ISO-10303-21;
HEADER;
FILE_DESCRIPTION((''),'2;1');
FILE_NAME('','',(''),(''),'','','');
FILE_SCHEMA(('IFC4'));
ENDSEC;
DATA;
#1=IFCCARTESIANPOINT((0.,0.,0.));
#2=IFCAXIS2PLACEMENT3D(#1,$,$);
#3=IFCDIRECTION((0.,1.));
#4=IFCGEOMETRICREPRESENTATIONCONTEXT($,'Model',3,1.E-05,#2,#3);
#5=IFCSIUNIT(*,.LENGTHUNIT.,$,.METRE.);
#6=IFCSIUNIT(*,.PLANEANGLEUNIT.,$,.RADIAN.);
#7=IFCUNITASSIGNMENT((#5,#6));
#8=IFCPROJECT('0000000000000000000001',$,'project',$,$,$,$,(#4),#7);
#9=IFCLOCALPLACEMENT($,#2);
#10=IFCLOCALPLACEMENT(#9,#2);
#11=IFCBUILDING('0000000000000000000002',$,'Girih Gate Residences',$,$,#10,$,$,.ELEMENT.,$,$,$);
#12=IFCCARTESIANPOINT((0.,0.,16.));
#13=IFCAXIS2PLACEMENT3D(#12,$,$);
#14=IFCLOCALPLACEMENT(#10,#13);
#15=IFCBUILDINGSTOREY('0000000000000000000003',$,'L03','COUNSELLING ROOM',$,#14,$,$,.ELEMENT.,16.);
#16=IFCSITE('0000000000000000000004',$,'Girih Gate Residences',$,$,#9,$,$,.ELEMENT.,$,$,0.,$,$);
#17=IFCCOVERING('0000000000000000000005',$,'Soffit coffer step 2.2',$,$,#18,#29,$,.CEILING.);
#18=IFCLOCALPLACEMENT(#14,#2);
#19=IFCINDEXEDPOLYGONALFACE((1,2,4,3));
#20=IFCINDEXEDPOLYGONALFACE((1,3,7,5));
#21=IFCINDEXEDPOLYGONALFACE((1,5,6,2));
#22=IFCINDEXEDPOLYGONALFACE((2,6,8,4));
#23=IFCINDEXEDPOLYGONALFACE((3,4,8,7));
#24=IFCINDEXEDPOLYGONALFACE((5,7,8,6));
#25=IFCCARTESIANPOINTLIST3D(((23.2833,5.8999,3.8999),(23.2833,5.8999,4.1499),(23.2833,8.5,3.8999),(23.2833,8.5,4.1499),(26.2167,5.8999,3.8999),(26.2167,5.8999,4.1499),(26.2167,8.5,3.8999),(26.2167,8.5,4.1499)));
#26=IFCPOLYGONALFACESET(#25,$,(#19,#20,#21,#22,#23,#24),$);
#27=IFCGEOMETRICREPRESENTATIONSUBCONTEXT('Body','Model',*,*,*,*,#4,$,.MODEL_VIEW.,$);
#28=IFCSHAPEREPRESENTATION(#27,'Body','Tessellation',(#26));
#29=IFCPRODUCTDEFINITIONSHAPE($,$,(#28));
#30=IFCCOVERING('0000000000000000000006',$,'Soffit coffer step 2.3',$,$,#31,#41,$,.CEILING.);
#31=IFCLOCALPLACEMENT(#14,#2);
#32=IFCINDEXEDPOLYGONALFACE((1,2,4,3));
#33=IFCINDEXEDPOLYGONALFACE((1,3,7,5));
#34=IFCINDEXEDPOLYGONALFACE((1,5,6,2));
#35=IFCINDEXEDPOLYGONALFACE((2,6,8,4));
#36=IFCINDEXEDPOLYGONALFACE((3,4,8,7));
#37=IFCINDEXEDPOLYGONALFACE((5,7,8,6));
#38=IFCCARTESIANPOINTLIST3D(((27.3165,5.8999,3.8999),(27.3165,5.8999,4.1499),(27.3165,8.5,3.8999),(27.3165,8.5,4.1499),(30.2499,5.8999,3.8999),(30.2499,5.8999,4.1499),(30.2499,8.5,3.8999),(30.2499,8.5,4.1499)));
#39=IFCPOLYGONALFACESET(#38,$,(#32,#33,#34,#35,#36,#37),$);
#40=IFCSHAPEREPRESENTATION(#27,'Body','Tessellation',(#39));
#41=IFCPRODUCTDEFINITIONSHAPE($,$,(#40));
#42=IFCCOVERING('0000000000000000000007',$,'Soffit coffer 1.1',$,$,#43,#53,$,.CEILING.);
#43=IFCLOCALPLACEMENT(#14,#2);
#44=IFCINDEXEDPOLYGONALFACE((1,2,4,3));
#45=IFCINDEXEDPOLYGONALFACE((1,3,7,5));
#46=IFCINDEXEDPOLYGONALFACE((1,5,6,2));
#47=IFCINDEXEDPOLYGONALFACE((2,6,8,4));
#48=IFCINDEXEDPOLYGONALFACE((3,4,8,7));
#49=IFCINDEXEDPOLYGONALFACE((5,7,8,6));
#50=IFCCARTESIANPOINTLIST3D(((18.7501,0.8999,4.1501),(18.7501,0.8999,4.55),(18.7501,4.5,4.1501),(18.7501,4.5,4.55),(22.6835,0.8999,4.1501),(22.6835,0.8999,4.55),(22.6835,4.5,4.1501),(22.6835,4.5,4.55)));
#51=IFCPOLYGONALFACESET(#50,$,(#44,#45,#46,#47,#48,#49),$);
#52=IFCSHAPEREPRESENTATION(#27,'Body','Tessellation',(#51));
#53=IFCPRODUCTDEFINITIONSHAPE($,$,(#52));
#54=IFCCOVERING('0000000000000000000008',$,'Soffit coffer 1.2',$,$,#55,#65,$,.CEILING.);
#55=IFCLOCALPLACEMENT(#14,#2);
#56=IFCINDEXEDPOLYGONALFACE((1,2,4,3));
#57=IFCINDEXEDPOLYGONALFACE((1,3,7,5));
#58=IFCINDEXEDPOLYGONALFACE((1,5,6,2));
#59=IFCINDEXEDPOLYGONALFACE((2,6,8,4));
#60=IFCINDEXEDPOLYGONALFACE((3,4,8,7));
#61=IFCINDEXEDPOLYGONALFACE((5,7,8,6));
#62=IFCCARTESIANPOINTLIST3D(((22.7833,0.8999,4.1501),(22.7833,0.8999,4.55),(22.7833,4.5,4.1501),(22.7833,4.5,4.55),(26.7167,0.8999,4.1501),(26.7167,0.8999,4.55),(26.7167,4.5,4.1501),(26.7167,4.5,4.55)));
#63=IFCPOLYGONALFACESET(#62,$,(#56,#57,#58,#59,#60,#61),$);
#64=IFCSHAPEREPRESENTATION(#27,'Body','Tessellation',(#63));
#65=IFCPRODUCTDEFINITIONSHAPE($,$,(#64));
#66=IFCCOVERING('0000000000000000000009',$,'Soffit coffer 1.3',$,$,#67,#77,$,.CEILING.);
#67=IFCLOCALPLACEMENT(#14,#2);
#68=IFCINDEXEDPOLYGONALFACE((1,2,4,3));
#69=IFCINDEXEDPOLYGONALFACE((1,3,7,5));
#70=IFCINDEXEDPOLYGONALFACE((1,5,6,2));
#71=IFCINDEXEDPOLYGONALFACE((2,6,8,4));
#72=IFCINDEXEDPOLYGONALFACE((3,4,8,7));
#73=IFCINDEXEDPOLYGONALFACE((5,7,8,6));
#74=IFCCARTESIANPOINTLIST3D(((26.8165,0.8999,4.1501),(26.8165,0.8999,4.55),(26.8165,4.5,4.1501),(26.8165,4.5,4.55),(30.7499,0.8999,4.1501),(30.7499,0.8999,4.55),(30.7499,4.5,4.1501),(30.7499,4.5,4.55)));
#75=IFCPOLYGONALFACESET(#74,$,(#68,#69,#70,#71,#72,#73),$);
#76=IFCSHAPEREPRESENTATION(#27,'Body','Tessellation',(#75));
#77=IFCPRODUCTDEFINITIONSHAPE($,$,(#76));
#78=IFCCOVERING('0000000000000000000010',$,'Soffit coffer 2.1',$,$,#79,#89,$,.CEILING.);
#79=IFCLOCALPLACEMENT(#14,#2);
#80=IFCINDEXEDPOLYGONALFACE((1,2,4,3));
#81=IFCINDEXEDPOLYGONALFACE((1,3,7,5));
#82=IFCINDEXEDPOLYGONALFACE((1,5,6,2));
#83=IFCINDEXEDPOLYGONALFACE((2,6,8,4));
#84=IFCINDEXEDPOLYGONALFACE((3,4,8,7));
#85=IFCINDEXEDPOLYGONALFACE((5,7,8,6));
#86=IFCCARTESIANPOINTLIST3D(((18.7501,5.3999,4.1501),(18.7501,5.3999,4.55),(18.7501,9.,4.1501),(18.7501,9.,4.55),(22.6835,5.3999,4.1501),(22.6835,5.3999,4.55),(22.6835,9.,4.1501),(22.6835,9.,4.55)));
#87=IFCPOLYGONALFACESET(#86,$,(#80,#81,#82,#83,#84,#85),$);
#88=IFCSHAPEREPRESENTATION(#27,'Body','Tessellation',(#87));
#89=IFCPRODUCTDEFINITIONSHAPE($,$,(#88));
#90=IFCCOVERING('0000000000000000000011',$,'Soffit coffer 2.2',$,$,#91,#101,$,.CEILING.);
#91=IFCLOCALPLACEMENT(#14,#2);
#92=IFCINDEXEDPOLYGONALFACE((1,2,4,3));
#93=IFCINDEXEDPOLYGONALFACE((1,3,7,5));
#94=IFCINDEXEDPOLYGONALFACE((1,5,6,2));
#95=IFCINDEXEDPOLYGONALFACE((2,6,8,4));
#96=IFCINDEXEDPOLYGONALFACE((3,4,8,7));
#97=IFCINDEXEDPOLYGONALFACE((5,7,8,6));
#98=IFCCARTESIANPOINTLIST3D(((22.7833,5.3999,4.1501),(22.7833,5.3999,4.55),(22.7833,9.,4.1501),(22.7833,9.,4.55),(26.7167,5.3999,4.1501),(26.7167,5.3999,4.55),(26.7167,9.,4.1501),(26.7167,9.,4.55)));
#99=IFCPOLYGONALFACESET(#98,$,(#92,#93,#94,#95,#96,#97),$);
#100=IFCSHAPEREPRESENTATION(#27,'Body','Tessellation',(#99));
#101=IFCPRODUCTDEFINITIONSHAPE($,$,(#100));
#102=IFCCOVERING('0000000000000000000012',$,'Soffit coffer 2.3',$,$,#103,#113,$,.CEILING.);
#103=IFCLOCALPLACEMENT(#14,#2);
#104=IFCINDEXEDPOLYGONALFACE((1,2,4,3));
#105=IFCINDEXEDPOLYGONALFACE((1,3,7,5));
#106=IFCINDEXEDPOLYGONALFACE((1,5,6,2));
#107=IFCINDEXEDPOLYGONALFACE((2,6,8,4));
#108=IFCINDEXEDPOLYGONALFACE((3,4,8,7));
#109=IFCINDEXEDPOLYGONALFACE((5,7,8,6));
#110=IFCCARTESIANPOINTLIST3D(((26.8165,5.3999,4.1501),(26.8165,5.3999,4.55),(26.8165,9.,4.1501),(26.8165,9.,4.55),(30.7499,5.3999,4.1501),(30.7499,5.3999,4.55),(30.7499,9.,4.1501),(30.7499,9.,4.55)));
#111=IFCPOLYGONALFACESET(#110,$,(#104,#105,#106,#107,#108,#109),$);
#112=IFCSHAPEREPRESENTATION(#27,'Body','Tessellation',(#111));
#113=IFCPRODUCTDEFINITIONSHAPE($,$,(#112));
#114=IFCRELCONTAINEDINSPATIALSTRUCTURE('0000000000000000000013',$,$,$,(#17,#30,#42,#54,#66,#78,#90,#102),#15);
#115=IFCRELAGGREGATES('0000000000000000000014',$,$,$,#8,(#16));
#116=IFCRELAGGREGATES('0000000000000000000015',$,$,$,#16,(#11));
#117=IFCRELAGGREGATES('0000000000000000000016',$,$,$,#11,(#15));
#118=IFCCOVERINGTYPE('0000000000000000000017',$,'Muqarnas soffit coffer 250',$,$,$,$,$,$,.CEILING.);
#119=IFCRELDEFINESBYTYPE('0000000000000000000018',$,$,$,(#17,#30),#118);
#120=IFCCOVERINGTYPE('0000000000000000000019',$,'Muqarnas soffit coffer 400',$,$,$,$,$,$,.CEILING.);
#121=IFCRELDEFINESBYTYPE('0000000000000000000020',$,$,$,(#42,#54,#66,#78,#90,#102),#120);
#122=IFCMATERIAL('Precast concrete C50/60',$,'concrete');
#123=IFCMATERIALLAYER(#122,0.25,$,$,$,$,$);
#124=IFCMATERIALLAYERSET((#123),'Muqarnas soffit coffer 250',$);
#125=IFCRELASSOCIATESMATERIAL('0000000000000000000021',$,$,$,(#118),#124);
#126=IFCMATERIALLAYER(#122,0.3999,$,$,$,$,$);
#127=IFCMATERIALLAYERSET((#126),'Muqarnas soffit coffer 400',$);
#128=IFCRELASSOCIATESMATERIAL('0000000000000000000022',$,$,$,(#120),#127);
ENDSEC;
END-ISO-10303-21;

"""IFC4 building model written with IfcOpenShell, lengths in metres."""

from ifc_helpers import new_model, si_unit, direction, frame, origin, origin_2d, place, context, subcontext, project, spatial, rectangle, extrude, material, layer, layer_set, type_object, element, save


model = new_model("IFC4")

# Units and contexts
model_context = context("Model", 3, precision=1e-05, world=origin(), true_north=direction((0.0, 1.0)))
body_context = subcontext(model_context, "Body", "Model", "MODEL_VIEW")
ifc_project = project(units=[si_unit("LENGTHUNIT", "METRE"), si_unit("PLANEANGLEUNIT", "RADIAN")], contexts=[model_context])

# Site, building, storey
site_placement = place(None, origin())
site = spatial("IfcSite", under=ifc_project, at=site_placement, Name="Girih Gate Residences", CompositionType="ELEMENT", RefElevation=0.0)
building_placement = place(site_placement, origin())
building = spatial("IfcBuilding", under=site, at=building_placement, Name="Girih Gate Residences", CompositionType="ELEMENT")
storey_placement = place(building_placement, frame((0.0, 0.0, 16.0)))
storey = spatial("IfcBuildingStorey", under=building, at=storey_placement, Name="L03", Description="COUNSELLING ROOM", CompositionType="ELEMENT", Elevation=16.0)

# Coverings
ifc_material_1 = material(Name="Precast concrete C50/60", Category="concrete")
ifc_layer_1 = layer(ifc_material_1, 0.25)
ifc_layer_set_1 = layer_set([ifc_layer_1], Name="Muqarnas soffit coffer 250")
covering_type_1 = type_object("IfcCoveringType", Name="Muqarnas soffit coffer 250", PredefinedType="CEILING", material=ifc_layer_set_1)
for number, where, z_axis, x_axis, name in (
    (1, (24.75, 7.2, 3.8999), (0.0, 0.0, 1.0), (1.0, 0.0, 0.0), "Soffit coffer step 2.2"),
    (2, (28.7832, 7.2, 3.8999), (0.0, 0.0, 1.0), (1.0, 0.0, 0.0), "Soffit coffer step 2.3"),
):
    element("IfcCovering", number, at=place(storey_placement, frame(where, z_axis=z_axis, x_axis=x_axis)), inside=storey, type_object=covering_type_1, Name=name, PredefinedType="CEILING", context=body_context, shape_type="SweptSolid", body=[
        extrude(rectangle(XDim=2.9333, YDim=2.6001, at=origin_2d()), origin(), (0.0, 0.0, 1.0), 0.25),
    ])
ifc_layer_2 = layer(ifc_material_1, 0.3999)
ifc_layer_set_2 = layer_set([ifc_layer_2], Name="Muqarnas soffit coffer 400")
covering_type_2 = type_object("IfcCoveringType", Name="Muqarnas soffit coffer 400", PredefinedType="CEILING", material=ifc_layer_set_2)
for number, where, z_axis, x_axis, name in (
    (3, (20.7168, 2.7, 4.1501), (0.0, 0.0, 1.0), (1.0, 0.0, 0.0), "Soffit coffer 1.1"),
    (4, (24.75, 2.7, 4.1501), (0.0, 0.0, 1.0), (1.0, 0.0, 0.0), "Soffit coffer 1.2"),
    (5, (28.7832, 2.7, 4.1501), (0.0, 0.0, 1.0), (1.0, 0.0, 0.0), "Soffit coffer 1.3"),
    (6, (20.7168, 7.2, 4.1501), (0.0, 0.0, 1.0), (1.0, 0.0, 0.0), "Soffit coffer 2.1"),
    (7, (24.75, 7.2, 4.1501), (0.0, 0.0, 1.0), (1.0, 0.0, 0.0), "Soffit coffer 2.2"),
    (8, (28.7832, 7.2, 4.1501), (0.0, 0.0, 1.0), (1.0, 0.0, 0.0), "Soffit coffer 2.3"),
):
    element("IfcCovering", number, at=place(storey_placement, frame(where, z_axis=z_axis, x_axis=x_axis)), inside=storey, type_object=covering_type_2, Name=name, PredefinedType="CEILING", context=body_context, shape_type="SweptSolid", body=[
        extrude(rectangle(XDim=3.9333, YDim=3.6001, at=origin_2d()), origin(), (0.0, 0.0, 1.0), 0.3999),
    ])

save(model, "model.ifc")
